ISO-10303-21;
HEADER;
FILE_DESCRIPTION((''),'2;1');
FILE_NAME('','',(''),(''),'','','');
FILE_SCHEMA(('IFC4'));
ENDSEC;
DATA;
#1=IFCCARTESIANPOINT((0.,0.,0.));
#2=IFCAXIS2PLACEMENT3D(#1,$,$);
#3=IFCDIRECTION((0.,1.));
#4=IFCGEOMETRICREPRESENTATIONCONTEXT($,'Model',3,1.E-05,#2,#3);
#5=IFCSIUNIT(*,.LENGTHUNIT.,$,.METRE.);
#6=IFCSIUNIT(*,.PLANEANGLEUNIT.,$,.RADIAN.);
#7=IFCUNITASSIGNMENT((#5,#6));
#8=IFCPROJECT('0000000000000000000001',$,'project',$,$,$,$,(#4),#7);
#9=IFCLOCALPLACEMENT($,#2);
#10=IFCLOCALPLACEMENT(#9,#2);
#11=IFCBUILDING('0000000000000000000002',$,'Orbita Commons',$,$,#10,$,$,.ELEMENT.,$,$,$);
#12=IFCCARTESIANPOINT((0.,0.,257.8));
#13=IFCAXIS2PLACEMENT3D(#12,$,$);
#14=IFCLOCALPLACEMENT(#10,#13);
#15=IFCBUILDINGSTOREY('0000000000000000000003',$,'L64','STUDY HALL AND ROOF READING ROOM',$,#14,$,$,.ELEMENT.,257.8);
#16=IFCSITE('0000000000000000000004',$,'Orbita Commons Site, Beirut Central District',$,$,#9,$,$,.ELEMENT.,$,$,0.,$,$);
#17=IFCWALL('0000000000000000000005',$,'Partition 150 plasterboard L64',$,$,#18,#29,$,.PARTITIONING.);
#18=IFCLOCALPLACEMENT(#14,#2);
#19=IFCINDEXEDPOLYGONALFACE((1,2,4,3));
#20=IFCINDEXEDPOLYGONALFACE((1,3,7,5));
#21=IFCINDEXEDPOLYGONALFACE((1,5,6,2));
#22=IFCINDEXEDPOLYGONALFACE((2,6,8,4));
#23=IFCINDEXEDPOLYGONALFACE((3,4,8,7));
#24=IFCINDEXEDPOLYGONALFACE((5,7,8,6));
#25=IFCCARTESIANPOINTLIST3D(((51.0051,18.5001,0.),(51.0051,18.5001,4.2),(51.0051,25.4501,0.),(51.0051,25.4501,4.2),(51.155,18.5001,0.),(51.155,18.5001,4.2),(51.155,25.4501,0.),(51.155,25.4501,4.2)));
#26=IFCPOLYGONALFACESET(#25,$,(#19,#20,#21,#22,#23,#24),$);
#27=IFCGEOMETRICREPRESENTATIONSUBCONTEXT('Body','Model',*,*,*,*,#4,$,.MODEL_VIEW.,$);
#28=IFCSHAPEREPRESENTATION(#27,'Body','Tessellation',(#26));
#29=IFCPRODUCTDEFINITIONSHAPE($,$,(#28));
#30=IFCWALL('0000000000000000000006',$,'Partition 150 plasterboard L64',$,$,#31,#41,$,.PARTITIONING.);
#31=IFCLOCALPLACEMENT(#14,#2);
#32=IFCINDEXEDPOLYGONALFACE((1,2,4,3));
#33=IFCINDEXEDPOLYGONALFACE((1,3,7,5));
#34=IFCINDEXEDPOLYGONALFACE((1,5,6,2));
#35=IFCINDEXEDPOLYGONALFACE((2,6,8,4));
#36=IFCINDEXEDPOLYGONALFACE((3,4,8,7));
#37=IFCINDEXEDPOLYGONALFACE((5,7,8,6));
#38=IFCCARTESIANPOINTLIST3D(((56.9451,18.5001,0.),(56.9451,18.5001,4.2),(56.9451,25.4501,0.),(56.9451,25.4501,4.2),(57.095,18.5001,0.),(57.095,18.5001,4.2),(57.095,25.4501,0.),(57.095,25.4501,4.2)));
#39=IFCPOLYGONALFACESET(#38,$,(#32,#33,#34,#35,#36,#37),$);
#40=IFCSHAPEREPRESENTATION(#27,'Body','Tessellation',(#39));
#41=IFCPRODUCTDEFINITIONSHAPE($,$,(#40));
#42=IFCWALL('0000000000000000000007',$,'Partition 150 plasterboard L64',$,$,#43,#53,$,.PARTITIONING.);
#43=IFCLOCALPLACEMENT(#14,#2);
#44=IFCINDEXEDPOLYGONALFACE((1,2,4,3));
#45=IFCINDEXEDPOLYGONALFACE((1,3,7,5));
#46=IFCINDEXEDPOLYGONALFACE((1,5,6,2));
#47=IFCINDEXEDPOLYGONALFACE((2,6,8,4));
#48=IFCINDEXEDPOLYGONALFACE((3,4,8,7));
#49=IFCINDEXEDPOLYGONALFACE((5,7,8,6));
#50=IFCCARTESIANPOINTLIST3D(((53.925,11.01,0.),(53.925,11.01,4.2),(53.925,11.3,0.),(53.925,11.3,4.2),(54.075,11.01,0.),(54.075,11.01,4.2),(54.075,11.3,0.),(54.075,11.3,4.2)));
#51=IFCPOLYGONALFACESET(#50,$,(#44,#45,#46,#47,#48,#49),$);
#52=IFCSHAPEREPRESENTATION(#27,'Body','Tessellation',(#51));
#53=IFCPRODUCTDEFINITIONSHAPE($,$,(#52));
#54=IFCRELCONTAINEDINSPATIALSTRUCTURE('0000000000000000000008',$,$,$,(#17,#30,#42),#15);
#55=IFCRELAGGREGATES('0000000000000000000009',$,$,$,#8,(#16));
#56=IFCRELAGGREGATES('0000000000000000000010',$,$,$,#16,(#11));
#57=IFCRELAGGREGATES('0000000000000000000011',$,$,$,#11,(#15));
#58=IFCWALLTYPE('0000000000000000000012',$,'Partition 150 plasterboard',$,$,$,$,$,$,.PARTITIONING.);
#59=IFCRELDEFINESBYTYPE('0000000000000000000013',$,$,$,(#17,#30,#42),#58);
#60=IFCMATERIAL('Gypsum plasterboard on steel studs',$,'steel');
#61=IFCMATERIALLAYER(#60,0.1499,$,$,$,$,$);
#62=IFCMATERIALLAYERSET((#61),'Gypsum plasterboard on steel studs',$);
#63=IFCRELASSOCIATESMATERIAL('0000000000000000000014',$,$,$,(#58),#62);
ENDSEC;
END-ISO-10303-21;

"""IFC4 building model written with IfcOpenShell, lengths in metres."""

from ifc_helpers import new_model, si_unit, direction, frame, frame_2d, origin, place, context, subcontext, project, spatial, rectangle, extrude, material, layer, layer_set, type_object, element, save


model = new_model("IFC4")

# Units and contexts
model_context = context("Model", 3, precision=1e-05, world=origin(), true_north=direction((0.0, 1.0)))
body_context = subcontext(model_context, "Body", "Model", "MODEL_VIEW")
ifc_project = project(units=[si_unit("LENGTHUNIT", "METRE"), si_unit("PLANEANGLEUNIT", "RADIAN")], contexts=[model_context])

# Site, building, storey
site_placement = place(None, origin())
site = spatial("IfcSite", under=ifc_project, at=site_placement, Name="Orbita Commons Site, Beirut Central District", CompositionType="ELEMENT", RefElevation=0.0)
building_placement = place(site_placement, origin())
building = spatial("IfcBuilding", under=site, at=building_placement, Name="Orbita Commons", CompositionType="ELEMENT")
storey_placement = place(building_placement, frame((0.0, 0.0, 257.8)))
storey = spatial("IfcBuildingStorey", under=building, at=storey_placement, Name="L64", Description="STUDY HALL AND ROOF READING ROOM", CompositionType="ELEMENT", Elevation=257.8)

# Walls
ifc_material_1 = material(Name="Gypsum plasterboard on steel studs", Category="steel")
ifc_layer_1 = layer(ifc_material_1, 0.1499)
ifc_layer_set_1 = layer_set([ifc_layer_1], Name="Gypsum plasterboard on steel studs")
wall_type_1 = type_object("IfcWallType", Name="Partition 150 plasterboard", PredefinedType="PARTITIONING", material=ifc_layer_set_1)
for number, where, z_axis, x_axis, name in (
    (1, (51.0801, 18.5, 0.0), (0.0, 0.0, 1.0), (0.0, 1.0, 0.0), "Partition 150 plasterboard L64"),
    (2, (57.02, 18.5, 0.0), (0.0, 0.0, 1.0), (0.0, 1.0, 0.0), "Partition 150 plasterboard L64"),
):
    element("IfcWall", number, at=place(storey_placement, frame(where, z_axis=z_axis, x_axis=x_axis)), inside=storey, type_object=wall_type_1, Name=name, PredefinedType="PARTITIONING", context=body_context, shape_type="SweptSolid", body=[
        extrude(rectangle(XDim=6.95, YDim=0.1499, at=frame_2d((3.4751, 0.0))), origin(), (0.0, 0.0, 1.0), 4.2),
    ])
wall_1_placement = place(storey_placement, frame((54.0, 11.3, 0.0), z_axis=(0.0, 0.0, 1.0), x_axis=(0.0, -1.0, 0.0)))
element("IfcWall", 3, at=wall_1_placement, inside=storey, type_object=wall_type_1, Name="Partition 150 plasterboard L64", PredefinedType="PARTITIONING", context=body_context, shape_type="SweptSolid", body=[
    extrude(rectangle(XDim=0.29, YDim=0.1499, at=frame_2d((0.145, 0.0))), origin(), (0.0, 0.0, 1.0), 4.2),
])

save(model, "model.ifc")
